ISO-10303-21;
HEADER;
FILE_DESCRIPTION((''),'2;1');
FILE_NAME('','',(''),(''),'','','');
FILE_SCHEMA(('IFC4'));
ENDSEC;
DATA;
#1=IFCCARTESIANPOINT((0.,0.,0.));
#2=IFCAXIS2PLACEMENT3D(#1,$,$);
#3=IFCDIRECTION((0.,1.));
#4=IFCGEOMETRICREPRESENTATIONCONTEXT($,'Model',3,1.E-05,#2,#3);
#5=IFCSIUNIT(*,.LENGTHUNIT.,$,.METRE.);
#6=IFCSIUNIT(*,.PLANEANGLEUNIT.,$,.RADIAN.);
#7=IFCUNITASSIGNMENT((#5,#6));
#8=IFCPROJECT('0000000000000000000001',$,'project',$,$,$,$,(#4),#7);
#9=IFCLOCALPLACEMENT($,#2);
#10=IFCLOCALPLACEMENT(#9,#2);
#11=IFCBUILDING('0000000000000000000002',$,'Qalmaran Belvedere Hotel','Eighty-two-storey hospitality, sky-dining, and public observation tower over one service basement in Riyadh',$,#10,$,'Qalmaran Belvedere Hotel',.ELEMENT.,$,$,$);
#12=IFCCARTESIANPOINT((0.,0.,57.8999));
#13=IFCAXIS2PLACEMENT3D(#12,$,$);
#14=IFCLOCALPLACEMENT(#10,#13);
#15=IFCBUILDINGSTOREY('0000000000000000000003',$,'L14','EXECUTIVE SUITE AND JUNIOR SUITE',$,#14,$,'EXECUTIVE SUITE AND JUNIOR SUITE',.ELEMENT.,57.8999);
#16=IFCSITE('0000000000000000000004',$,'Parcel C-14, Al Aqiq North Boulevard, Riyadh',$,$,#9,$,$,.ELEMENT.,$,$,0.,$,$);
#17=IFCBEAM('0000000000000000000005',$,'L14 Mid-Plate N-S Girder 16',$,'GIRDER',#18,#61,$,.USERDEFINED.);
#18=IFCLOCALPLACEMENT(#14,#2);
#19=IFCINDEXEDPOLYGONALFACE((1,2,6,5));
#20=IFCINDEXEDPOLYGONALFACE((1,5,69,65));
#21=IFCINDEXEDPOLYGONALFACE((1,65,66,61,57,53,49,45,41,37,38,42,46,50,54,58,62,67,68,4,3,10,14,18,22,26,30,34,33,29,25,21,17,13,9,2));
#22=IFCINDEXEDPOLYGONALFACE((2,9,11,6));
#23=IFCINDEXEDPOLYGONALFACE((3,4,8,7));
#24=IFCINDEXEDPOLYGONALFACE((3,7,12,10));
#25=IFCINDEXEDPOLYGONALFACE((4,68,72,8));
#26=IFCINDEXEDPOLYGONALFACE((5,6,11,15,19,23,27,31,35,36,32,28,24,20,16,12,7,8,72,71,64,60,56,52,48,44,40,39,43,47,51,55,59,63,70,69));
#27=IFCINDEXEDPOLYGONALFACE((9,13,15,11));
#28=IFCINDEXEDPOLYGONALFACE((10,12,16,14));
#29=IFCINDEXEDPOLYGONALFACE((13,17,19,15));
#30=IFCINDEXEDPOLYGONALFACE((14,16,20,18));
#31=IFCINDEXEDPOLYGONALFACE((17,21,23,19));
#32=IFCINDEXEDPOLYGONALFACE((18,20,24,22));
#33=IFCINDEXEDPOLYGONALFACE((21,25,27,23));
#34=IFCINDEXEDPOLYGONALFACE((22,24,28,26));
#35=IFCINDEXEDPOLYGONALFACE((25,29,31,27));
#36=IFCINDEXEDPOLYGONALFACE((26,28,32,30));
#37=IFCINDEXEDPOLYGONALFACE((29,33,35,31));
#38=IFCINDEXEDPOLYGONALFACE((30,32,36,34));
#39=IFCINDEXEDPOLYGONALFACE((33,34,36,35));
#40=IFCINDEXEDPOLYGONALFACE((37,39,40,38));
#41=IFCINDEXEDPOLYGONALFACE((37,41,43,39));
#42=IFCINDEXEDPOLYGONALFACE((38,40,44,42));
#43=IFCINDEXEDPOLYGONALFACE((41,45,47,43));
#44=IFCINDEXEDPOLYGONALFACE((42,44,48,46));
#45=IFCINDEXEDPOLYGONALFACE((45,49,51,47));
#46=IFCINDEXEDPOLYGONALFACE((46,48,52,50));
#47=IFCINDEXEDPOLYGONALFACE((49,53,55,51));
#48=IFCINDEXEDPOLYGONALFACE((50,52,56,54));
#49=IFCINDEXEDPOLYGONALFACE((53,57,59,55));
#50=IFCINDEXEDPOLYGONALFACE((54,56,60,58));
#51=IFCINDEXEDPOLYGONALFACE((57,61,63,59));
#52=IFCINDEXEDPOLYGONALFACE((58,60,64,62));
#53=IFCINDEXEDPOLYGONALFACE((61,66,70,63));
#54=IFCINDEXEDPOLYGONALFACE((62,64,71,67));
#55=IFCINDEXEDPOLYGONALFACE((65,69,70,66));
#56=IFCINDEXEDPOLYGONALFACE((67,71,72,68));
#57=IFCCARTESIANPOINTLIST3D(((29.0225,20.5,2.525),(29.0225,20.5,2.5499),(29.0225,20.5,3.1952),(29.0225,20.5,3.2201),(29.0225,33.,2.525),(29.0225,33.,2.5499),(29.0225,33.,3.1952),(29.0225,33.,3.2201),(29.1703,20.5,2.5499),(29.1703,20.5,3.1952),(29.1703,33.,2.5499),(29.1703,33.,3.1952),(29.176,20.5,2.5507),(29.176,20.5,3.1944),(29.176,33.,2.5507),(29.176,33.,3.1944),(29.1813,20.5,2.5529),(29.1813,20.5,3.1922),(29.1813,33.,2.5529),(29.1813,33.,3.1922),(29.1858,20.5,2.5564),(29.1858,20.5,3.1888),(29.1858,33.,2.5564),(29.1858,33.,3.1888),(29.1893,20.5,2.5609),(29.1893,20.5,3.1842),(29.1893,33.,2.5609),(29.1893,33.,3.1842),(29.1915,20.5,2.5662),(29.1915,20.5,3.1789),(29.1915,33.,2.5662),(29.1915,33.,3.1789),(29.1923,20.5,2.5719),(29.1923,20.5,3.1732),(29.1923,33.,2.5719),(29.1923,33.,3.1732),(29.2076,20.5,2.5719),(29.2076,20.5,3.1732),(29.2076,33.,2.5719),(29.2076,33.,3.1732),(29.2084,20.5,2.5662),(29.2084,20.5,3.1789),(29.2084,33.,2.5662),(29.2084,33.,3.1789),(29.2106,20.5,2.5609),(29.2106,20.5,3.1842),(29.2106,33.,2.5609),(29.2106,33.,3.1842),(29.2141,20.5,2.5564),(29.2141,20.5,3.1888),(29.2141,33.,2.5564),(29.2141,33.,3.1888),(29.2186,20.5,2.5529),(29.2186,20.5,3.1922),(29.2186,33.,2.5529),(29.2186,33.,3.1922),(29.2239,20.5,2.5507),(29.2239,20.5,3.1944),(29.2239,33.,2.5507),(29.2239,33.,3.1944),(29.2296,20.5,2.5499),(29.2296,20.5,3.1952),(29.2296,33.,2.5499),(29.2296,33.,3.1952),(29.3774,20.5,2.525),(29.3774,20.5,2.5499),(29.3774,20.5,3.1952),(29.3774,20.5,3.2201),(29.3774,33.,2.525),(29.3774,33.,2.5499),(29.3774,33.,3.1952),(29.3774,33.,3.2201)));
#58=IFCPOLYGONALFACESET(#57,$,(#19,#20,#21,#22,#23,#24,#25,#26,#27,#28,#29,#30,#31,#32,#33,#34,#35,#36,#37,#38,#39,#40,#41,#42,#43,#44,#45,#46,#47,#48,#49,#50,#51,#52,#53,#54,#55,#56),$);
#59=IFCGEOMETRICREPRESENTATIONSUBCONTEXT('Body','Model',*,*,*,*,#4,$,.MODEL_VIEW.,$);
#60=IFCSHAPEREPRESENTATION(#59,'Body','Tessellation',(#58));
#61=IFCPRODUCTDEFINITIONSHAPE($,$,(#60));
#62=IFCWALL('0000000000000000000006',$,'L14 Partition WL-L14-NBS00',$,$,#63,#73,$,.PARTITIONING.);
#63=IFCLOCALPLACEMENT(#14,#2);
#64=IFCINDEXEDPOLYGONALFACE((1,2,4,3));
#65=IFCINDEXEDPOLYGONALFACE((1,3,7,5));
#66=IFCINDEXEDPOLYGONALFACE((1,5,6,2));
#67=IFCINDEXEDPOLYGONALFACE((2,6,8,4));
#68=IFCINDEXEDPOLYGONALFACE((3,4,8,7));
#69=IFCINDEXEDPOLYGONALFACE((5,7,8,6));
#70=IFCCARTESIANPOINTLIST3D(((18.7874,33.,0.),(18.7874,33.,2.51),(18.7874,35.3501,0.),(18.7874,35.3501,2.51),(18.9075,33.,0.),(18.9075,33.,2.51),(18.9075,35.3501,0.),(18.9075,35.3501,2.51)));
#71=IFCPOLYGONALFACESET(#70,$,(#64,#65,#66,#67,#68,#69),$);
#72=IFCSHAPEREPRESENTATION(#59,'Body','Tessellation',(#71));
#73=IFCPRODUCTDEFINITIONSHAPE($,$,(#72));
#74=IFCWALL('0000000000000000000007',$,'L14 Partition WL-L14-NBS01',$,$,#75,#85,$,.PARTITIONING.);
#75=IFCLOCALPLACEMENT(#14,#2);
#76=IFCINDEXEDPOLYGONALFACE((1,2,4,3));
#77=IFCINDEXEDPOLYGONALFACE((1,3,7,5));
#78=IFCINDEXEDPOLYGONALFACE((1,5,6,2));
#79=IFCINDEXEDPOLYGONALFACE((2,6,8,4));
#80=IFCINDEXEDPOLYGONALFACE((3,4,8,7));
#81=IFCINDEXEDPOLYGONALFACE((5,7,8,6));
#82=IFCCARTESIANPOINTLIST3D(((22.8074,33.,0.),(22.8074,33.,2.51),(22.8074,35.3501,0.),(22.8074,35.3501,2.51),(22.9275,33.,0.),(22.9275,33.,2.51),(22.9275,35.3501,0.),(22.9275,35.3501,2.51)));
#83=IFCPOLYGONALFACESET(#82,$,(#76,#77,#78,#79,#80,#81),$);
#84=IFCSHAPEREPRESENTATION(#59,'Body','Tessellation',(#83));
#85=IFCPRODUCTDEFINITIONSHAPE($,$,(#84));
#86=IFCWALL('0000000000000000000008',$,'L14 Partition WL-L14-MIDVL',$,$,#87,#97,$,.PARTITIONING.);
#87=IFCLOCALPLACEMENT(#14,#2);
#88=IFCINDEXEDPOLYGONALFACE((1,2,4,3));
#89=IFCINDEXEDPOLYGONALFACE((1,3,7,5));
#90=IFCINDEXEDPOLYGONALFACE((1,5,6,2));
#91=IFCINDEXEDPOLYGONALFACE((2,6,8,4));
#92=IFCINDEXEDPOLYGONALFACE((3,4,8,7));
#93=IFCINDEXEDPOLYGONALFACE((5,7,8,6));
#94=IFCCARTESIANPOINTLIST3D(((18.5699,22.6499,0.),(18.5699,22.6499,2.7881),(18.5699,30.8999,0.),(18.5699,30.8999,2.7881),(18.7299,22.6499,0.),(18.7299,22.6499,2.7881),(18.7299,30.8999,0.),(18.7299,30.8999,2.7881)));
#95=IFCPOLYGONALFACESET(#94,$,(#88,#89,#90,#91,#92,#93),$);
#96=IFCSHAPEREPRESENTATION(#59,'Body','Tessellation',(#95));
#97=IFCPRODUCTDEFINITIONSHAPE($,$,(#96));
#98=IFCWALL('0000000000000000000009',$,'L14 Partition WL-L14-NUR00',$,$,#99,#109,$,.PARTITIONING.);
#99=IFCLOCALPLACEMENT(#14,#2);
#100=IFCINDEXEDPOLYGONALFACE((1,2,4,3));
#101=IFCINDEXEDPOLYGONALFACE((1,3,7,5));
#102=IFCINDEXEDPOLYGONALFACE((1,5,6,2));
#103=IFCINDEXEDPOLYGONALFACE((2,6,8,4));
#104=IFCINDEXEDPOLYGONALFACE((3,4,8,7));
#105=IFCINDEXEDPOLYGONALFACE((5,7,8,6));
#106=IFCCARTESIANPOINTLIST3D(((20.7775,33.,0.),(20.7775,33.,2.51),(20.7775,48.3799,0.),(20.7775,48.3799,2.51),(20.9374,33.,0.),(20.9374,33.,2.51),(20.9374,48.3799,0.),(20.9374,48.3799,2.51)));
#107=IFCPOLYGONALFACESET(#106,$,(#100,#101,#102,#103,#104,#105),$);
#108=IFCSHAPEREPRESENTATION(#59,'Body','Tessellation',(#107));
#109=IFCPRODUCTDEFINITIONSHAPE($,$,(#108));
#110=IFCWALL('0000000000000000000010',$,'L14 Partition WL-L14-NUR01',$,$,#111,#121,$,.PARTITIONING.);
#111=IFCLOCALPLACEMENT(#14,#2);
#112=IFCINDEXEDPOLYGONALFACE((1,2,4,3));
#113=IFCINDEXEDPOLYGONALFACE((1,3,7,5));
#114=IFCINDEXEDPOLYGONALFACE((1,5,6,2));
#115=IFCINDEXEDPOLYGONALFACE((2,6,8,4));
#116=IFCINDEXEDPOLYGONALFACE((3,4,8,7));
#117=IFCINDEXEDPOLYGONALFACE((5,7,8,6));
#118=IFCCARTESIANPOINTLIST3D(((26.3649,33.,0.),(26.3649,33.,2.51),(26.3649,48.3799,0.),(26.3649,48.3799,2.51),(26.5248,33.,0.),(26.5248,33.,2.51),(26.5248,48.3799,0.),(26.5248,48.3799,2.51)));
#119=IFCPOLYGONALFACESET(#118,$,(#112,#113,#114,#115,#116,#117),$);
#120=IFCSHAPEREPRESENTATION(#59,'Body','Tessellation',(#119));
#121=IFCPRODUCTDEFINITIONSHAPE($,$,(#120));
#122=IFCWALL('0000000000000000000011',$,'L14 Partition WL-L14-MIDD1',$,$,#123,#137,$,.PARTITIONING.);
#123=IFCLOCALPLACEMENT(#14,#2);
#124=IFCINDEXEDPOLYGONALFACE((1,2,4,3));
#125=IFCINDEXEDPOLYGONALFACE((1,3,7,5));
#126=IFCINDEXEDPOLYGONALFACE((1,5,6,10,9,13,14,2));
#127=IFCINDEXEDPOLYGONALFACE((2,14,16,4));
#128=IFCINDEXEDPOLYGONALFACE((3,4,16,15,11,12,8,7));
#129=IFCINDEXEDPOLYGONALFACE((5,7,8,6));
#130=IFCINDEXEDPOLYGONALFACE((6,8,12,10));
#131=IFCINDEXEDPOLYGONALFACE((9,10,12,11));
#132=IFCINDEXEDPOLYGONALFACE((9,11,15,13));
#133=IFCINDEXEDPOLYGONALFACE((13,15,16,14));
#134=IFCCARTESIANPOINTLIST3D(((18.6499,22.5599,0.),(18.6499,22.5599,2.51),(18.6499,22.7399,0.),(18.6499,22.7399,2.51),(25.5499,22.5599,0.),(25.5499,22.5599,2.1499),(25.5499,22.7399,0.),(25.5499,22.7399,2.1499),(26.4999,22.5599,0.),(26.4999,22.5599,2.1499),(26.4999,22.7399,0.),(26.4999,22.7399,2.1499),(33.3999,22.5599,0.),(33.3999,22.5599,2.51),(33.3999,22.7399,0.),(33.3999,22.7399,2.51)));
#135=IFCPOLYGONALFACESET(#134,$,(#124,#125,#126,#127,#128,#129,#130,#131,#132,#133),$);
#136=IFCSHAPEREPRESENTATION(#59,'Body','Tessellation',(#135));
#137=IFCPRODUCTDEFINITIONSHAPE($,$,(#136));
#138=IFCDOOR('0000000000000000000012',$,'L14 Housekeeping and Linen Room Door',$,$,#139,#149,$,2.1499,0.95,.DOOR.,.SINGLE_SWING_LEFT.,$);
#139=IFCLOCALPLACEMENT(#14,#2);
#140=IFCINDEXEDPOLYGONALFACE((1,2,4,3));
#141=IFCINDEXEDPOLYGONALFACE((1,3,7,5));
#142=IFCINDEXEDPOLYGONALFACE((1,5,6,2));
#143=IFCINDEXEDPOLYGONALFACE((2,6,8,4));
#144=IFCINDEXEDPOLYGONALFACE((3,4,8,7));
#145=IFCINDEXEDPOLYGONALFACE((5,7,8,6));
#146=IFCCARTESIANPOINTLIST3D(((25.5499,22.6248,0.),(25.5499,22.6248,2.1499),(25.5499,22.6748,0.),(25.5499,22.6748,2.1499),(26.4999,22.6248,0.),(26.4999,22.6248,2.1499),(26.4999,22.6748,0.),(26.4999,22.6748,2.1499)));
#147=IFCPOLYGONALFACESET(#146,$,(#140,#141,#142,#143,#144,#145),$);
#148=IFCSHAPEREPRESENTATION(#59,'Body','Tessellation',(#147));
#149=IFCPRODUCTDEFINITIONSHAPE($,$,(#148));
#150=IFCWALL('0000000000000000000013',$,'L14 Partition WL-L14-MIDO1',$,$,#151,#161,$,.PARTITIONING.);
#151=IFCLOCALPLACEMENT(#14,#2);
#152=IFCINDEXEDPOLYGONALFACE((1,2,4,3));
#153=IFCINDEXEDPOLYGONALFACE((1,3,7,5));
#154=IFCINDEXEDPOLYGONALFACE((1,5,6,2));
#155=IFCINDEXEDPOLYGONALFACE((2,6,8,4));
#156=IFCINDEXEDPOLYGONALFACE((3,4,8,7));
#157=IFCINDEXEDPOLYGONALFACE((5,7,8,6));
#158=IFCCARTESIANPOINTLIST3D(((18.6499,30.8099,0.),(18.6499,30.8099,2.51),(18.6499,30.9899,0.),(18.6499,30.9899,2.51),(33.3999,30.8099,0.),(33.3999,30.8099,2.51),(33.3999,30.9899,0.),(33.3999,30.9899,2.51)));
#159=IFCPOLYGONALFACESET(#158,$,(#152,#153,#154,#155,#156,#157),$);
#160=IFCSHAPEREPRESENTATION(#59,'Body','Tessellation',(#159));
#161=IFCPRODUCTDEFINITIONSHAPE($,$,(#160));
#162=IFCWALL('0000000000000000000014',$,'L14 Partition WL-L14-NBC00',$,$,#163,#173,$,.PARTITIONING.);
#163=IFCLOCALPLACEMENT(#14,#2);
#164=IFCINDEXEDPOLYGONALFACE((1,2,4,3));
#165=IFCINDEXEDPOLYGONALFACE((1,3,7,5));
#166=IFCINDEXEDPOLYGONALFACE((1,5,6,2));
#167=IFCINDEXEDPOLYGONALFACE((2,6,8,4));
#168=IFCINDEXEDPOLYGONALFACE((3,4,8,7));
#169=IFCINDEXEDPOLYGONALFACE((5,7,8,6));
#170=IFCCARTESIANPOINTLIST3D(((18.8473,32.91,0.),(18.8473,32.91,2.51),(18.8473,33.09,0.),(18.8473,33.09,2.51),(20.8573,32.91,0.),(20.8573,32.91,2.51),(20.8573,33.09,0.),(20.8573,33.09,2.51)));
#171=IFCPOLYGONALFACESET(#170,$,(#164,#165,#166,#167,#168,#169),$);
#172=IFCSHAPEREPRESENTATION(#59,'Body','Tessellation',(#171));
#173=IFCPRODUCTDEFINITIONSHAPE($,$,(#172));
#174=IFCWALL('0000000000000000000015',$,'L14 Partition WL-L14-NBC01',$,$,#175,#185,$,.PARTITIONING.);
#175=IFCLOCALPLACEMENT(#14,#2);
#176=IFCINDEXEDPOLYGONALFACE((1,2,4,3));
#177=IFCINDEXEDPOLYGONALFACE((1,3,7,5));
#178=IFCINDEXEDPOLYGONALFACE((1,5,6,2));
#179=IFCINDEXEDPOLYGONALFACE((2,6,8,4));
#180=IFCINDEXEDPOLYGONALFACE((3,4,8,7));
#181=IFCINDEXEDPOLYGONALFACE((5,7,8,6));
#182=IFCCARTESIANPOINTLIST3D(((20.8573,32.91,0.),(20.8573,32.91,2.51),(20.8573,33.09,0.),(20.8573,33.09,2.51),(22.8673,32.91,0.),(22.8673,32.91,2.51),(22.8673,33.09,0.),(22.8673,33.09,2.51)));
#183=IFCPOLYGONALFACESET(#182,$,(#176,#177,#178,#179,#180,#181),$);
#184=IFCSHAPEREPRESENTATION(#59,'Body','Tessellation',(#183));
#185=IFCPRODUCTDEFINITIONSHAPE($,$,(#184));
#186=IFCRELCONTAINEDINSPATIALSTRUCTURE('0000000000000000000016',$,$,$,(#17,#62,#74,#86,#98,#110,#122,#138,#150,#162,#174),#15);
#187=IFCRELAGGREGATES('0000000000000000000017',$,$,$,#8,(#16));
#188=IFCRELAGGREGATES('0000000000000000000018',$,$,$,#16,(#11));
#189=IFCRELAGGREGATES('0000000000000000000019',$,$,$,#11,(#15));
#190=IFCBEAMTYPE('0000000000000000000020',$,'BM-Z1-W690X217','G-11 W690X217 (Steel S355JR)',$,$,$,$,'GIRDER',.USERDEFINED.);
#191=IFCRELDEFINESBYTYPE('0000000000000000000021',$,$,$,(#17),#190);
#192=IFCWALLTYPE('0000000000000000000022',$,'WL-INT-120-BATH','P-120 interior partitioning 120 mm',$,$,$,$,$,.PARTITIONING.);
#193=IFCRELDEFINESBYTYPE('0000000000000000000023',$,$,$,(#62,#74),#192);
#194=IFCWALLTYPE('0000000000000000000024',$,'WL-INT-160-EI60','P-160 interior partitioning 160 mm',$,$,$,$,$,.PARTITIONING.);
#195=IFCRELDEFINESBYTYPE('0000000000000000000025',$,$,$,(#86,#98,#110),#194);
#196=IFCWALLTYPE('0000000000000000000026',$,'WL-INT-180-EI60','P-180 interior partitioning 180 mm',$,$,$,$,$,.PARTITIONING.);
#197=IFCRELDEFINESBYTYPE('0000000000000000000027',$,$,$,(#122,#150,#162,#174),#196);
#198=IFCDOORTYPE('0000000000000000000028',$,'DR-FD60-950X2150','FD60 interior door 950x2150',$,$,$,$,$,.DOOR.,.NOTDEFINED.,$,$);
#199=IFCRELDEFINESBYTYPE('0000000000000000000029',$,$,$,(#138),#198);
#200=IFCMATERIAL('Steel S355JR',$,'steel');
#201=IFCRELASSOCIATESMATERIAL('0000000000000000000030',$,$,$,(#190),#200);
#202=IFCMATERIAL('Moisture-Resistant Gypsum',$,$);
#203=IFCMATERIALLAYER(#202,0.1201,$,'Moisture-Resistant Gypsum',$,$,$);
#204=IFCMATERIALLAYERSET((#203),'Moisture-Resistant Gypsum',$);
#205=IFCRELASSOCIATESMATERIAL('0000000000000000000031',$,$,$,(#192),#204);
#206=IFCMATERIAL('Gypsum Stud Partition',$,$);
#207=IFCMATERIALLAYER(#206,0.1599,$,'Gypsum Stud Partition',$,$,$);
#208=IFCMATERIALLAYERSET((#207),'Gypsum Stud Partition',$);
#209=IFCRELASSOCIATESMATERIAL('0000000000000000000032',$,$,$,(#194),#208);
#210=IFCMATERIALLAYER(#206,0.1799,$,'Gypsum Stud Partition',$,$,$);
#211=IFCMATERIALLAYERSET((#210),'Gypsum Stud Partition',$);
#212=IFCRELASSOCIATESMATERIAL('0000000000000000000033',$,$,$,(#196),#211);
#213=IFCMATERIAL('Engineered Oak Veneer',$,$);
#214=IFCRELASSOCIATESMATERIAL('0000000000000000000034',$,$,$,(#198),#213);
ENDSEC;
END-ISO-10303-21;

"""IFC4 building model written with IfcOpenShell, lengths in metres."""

from ifc_helpers import new_model, si_unit, direction, frame, frame_2d, origin, origin_2d, place, context, subcontext, project, spatial, rectangle, i_section, extrude, material, layer, layer_set, material_profile, profile_set, type_object, element, fill, save


model = new_model("IFC4")

# Units and contexts
model_context = context("Model", 3, precision=1e-05, world=origin(), true_north=direction((0.0, 1.0)))
body_context = subcontext(model_context, "Body", "Model", "MODEL_VIEW")
ifc_project = project(units=[si_unit("LENGTHUNIT", "METRE"), si_unit("PLANEANGLEUNIT", "RADIAN")], contexts=[model_context])

# Site, building, storey
site_placement = place(None, origin())
site = spatial("IfcSite", under=ifc_project, at=site_placement, Name="Parcel C-14, Al Aqiq North Boulevard, Riyadh", CompositionType="ELEMENT", RefElevation=0.0)
building_placement = place(site_placement, origin())
building = spatial("IfcBuilding", under=site, at=building_placement, Name="Qalmaran Belvedere Hotel", Description="Eighty-two-storey hospitality, sky-dining, and public observation tower over one service basement in Riyadh", LongName="Qalmaran Belvedere Hotel", CompositionType="ELEMENT")
storey_placement = place(building_placement, frame((0.0, 0.0, 57.8999)))
storey = spatial("IfcBuildingStorey", under=building, at=storey_placement, Name="L14", Description="EXECUTIVE SUITE AND JUNIOR SUITE", LongName="EXECUTIVE SUITE AND JUNIOR SUITE", CompositionType="ELEMENT", Elevation=57.8999)

# Beam
ifc_material_1 = material(Name="Steel S355JR", Category="steel")
ifc_material_profile_1 = material_profile(ifc_material_1, i_section(OverallWidth=0.355, OverallDepth=0.6951, WebThickness=0.0154, FlangeThickness=0.0249, FilletRadius=0.022, at=origin_2d()), Name="W690X217")
ifc_profile_set_1 = profile_set([ifc_material_profile_1], Name="Steel S355JR")
beam_type_1 = type_object("IfcBeamType", Name="BM-Z1-W690X217", Description="G-11 W690X217 (Steel S355JR)", ElementType="GIRDER", PredefinedType="USERDEFINED", material=ifc_profile_set_1)
beam_1_placement = place(storey_placement, frame((29.2, 20.5, 2.8726), z_axis=(0.0, 1.0, 0.0), x_axis=(-1.0, 0.0, 0.0)))
element("IfcBeam", 1, at=beam_1_placement, inside=storey, type_object=beam_type_1, Name="L14 Mid-Plate N-S Girder 16", ObjectType="GIRDER", PredefinedType="USERDEFINED", context=body_context, shape_type="SweptSolid", body=[
    extrude(i_section(OverallWidth=0.355, OverallDepth=0.6951, WebThickness=0.0154, FlangeThickness=0.0249, FilletRadius=0.022, at=origin_2d()), origin(), (0.0, 0.0, 1.0), 12.5),
])

# Walls
ifc_material_2 = material(Name="Moisture-Resistant Gypsum")
ifc_layer_1 = layer(ifc_material_2, 0.1201, Name="Moisture-Resistant Gypsum")
ifc_layer_set_1 = layer_set([ifc_layer_1], Name="Moisture-Resistant Gypsum")
wall_type_1 = type_object("IfcWallType", Name="WL-INT-120-BATH", Description="P-120 interior partitioning 120 mm", PredefinedType="PARTITIONING", material=ifc_layer_set_1)
for number, where, z_axis, x_axis, name in (
    (2, (18.8474, 33.0, 0.0), (0.0, 0.0, 1.0), (0.0, 1.0, 0.0), "L14 Partition WL-L14-NBS00"),
    (3, (22.8674, 33.0, 0.0), (0.0, 0.0, 1.0), (0.0, 1.0, 0.0), "L14 Partition WL-L14-NBS01"),
):
    element("IfcWall", number, at=place(storey_placement, frame(where, z_axis=z_axis, x_axis=x_axis)), inside=storey, type_object=wall_type_1, Name=name, PredefinedType="PARTITIONING", context=body_context, shape_type="SweptSolid", body=[
        extrude(rectangle(XDim=2.3501, YDim=0.1201, at=frame_2d((1.175, 0.0))), origin(), (0.0, 0.0, 1.0), 2.51),
    ])

# Shared definitions
ifc_material_3 = material(Name="Gypsum Stud Partition")

# Walls
ifc_layer_2 = layer(ifc_material_3, 0.1599, Name="Gypsum Stud Partition")
ifc_layer_set_2 = layer_set([ifc_layer_2], Name="Gypsum Stud Partition")
wall_type_2 = type_object("IfcWallType", Name="WL-INT-160-EI60", Description="P-160 interior partitioning 160 mm", PredefinedType="PARTITIONING", material=ifc_layer_set_2)
wall_1_placement = place(storey_placement, frame((18.6499, 22.6499, 0.0), z_axis=(0.0, 0.0, 1.0), x_axis=(0.0, 1.0, 0.0)))
element("IfcWall", 4, at=wall_1_placement, inside=storey, type_object=wall_type_2, Name="L14 Partition WL-L14-MIDVL", PredefinedType="PARTITIONING", context=body_context, shape_type="SweptSolid", body=[
    extrude(rectangle(XDim=8.25, YDim=0.1599, at=frame_2d((4.125, 0.0))), origin(), (0.0, 0.0, 1.0), 2.7881),
])
for number, where, z_axis, x_axis, name in (
    (5, (20.8574, 33.0, 0.0), (0.0, 0.0, 1.0), (0.0, 1.0, 0.0), "L14 Partition WL-L14-NUR00"),
    (6, (26.4448, 33.0, 0.0), (0.0, 0.0, 1.0), (0.0, 1.0, 0.0), "L14 Partition WL-L14-NUR01"),
):
    element("IfcWall", number, at=place(storey_placement, frame(where, z_axis=z_axis, x_axis=x_axis)), inside=storey, type_object=wall_type_2, Name=name, PredefinedType="PARTITIONING", context=body_context, shape_type="SweptSolid", body=[
        extrude(rectangle(XDim=15.3799, YDim=0.1599, at=frame_2d((7.6899, 0.0))), origin(), (0.0, 0.0, 1.0), 2.51),
    ])

# Wall, opening, door
ifc_layer_3 = layer(ifc_material_3, 0.1799, Name="Gypsum Stud Partition")
ifc_layer_set_3 = layer_set([ifc_layer_3], Name="Gypsum Stud Partition")
wall_type_3 = type_object("IfcWallType", Name="WL-INT-180-EI60", Description="P-180 interior partitioning 180 mm", PredefinedType="PARTITIONING", material=ifc_layer_set_3)
wall_2_placement = place(storey_placement, frame((18.6499, 22.6499, 0.0), z_axis=(0.0, 0.0, 1.0), x_axis=(1.0, 0.0, 0.0)))
wall_2 = element("IfcWall", 7, at=wall_2_placement, inside=storey, type_object=wall_type_3, Name="L14 Partition WL-L14-MIDD1", PredefinedType="PARTITIONING", context=body_context, shape_type="SweptSolid", body=[
    extrude(rectangle(XDim=14.75, YDim=0.1799, at=frame_2d((7.375, 0.0))), origin(), (0.0, 0.0, 1.0), 2.51),
])
opening_1_placement = place(wall_2_placement, frame((6.8999, 0.0, 0.0)))
opening_1 = element("IfcOpeningElement", 8, at=opening_1_placement, cuts=wall_2, PredefinedType="OPENING", context=body_context, shape_type="SweptSolid", body=[
    extrude(rectangle(XDim=0.95, YDim=2.1499, at=frame_2d((0.4751, 1.075))), frame((0.0, 0.1001, 0.0), z_axis=(0.0, -1.0, 0.0), x_axis=(1.0, 0.0, 0.0)), (0.0, 0.0, 1.0), 0.2),
])
ifc_material_4 = material(Name="Engineered Oak Veneer")
door_type_1 = type_object("IfcDoorType", Name="DR-FD60-950X2150", Description="FD60 interior door 950x2150", OperationType="NOTDEFINED", PredefinedType="DOOR", material=ifc_material_4)
door_1_placement = place(opening_1_placement, origin())
door_1 = element("IfcDoor", 9, at=door_1_placement, inside=storey, type_object=door_type_1, Name="L14 Housekeeping and Linen Room Door", OperationType="SINGLE_SWING_LEFT", OverallHeight=2.1499, OverallWidth=0.95, PredefinedType="DOOR", context=body_context, shape_type="SweptSolid", body=[
    extrude(rectangle(XDim=0.95, YDim=2.1499, at=frame_2d((0.4751, 1.075))), frame((0.0, 0.0249, 0.0), z_axis=(0.0, -1.0, 0.0), x_axis=(1.0, 0.0, 0.0)), (0.0, 0.0, 1.0), 0.05),
])
fill(opening_1, door_1)

# Walls
wall_3_placement = place(storey_placement, frame((18.6499, 30.8999, 0.0), z_axis=(0.0, 0.0, 1.0), x_axis=(1.0, 0.0, 0.0)))
element("IfcWall", 10, at=wall_3_placement, inside=storey, type_object=wall_type_3, Name="L14 Partition WL-L14-MIDO1", PredefinedType="PARTITIONING", context=body_context, shape_type="SweptSolid", body=[
    extrude(rectangle(XDim=14.75, YDim=0.1799, at=frame_2d((7.375, 0.0))), origin(), (0.0, 0.0, 1.0), 2.51),
])
for number, where, z_axis, x_axis, name in (
    (11, (18.8474, 33.0, 0.0), (0.0, 0.0, 1.0), (1.0, 0.0, 0.0), "L14 Partition WL-L14-NBC00"),
    (12, (20.8574, 33.0, 0.0), (0.0, 0.0, 1.0), (1.0, 0.0, 0.0), "L14 Partition WL-L14-NBC01"),
):
    element("IfcWall", number, at=place(storey_placement, frame(where, z_axis=z_axis, x_axis=x_axis)), inside=storey, type_object=wall_type_3, Name=name, PredefinedType="PARTITIONING", context=body_context, shape_type="SweptSolid", body=[
        extrude(rectangle(XDim=2.01, YDim=0.1799, at=frame_2d((1.0049, 0.0))), origin(), (0.0, 0.0, 1.0), 2.51),
    ])

save(model, "model.ifc")
